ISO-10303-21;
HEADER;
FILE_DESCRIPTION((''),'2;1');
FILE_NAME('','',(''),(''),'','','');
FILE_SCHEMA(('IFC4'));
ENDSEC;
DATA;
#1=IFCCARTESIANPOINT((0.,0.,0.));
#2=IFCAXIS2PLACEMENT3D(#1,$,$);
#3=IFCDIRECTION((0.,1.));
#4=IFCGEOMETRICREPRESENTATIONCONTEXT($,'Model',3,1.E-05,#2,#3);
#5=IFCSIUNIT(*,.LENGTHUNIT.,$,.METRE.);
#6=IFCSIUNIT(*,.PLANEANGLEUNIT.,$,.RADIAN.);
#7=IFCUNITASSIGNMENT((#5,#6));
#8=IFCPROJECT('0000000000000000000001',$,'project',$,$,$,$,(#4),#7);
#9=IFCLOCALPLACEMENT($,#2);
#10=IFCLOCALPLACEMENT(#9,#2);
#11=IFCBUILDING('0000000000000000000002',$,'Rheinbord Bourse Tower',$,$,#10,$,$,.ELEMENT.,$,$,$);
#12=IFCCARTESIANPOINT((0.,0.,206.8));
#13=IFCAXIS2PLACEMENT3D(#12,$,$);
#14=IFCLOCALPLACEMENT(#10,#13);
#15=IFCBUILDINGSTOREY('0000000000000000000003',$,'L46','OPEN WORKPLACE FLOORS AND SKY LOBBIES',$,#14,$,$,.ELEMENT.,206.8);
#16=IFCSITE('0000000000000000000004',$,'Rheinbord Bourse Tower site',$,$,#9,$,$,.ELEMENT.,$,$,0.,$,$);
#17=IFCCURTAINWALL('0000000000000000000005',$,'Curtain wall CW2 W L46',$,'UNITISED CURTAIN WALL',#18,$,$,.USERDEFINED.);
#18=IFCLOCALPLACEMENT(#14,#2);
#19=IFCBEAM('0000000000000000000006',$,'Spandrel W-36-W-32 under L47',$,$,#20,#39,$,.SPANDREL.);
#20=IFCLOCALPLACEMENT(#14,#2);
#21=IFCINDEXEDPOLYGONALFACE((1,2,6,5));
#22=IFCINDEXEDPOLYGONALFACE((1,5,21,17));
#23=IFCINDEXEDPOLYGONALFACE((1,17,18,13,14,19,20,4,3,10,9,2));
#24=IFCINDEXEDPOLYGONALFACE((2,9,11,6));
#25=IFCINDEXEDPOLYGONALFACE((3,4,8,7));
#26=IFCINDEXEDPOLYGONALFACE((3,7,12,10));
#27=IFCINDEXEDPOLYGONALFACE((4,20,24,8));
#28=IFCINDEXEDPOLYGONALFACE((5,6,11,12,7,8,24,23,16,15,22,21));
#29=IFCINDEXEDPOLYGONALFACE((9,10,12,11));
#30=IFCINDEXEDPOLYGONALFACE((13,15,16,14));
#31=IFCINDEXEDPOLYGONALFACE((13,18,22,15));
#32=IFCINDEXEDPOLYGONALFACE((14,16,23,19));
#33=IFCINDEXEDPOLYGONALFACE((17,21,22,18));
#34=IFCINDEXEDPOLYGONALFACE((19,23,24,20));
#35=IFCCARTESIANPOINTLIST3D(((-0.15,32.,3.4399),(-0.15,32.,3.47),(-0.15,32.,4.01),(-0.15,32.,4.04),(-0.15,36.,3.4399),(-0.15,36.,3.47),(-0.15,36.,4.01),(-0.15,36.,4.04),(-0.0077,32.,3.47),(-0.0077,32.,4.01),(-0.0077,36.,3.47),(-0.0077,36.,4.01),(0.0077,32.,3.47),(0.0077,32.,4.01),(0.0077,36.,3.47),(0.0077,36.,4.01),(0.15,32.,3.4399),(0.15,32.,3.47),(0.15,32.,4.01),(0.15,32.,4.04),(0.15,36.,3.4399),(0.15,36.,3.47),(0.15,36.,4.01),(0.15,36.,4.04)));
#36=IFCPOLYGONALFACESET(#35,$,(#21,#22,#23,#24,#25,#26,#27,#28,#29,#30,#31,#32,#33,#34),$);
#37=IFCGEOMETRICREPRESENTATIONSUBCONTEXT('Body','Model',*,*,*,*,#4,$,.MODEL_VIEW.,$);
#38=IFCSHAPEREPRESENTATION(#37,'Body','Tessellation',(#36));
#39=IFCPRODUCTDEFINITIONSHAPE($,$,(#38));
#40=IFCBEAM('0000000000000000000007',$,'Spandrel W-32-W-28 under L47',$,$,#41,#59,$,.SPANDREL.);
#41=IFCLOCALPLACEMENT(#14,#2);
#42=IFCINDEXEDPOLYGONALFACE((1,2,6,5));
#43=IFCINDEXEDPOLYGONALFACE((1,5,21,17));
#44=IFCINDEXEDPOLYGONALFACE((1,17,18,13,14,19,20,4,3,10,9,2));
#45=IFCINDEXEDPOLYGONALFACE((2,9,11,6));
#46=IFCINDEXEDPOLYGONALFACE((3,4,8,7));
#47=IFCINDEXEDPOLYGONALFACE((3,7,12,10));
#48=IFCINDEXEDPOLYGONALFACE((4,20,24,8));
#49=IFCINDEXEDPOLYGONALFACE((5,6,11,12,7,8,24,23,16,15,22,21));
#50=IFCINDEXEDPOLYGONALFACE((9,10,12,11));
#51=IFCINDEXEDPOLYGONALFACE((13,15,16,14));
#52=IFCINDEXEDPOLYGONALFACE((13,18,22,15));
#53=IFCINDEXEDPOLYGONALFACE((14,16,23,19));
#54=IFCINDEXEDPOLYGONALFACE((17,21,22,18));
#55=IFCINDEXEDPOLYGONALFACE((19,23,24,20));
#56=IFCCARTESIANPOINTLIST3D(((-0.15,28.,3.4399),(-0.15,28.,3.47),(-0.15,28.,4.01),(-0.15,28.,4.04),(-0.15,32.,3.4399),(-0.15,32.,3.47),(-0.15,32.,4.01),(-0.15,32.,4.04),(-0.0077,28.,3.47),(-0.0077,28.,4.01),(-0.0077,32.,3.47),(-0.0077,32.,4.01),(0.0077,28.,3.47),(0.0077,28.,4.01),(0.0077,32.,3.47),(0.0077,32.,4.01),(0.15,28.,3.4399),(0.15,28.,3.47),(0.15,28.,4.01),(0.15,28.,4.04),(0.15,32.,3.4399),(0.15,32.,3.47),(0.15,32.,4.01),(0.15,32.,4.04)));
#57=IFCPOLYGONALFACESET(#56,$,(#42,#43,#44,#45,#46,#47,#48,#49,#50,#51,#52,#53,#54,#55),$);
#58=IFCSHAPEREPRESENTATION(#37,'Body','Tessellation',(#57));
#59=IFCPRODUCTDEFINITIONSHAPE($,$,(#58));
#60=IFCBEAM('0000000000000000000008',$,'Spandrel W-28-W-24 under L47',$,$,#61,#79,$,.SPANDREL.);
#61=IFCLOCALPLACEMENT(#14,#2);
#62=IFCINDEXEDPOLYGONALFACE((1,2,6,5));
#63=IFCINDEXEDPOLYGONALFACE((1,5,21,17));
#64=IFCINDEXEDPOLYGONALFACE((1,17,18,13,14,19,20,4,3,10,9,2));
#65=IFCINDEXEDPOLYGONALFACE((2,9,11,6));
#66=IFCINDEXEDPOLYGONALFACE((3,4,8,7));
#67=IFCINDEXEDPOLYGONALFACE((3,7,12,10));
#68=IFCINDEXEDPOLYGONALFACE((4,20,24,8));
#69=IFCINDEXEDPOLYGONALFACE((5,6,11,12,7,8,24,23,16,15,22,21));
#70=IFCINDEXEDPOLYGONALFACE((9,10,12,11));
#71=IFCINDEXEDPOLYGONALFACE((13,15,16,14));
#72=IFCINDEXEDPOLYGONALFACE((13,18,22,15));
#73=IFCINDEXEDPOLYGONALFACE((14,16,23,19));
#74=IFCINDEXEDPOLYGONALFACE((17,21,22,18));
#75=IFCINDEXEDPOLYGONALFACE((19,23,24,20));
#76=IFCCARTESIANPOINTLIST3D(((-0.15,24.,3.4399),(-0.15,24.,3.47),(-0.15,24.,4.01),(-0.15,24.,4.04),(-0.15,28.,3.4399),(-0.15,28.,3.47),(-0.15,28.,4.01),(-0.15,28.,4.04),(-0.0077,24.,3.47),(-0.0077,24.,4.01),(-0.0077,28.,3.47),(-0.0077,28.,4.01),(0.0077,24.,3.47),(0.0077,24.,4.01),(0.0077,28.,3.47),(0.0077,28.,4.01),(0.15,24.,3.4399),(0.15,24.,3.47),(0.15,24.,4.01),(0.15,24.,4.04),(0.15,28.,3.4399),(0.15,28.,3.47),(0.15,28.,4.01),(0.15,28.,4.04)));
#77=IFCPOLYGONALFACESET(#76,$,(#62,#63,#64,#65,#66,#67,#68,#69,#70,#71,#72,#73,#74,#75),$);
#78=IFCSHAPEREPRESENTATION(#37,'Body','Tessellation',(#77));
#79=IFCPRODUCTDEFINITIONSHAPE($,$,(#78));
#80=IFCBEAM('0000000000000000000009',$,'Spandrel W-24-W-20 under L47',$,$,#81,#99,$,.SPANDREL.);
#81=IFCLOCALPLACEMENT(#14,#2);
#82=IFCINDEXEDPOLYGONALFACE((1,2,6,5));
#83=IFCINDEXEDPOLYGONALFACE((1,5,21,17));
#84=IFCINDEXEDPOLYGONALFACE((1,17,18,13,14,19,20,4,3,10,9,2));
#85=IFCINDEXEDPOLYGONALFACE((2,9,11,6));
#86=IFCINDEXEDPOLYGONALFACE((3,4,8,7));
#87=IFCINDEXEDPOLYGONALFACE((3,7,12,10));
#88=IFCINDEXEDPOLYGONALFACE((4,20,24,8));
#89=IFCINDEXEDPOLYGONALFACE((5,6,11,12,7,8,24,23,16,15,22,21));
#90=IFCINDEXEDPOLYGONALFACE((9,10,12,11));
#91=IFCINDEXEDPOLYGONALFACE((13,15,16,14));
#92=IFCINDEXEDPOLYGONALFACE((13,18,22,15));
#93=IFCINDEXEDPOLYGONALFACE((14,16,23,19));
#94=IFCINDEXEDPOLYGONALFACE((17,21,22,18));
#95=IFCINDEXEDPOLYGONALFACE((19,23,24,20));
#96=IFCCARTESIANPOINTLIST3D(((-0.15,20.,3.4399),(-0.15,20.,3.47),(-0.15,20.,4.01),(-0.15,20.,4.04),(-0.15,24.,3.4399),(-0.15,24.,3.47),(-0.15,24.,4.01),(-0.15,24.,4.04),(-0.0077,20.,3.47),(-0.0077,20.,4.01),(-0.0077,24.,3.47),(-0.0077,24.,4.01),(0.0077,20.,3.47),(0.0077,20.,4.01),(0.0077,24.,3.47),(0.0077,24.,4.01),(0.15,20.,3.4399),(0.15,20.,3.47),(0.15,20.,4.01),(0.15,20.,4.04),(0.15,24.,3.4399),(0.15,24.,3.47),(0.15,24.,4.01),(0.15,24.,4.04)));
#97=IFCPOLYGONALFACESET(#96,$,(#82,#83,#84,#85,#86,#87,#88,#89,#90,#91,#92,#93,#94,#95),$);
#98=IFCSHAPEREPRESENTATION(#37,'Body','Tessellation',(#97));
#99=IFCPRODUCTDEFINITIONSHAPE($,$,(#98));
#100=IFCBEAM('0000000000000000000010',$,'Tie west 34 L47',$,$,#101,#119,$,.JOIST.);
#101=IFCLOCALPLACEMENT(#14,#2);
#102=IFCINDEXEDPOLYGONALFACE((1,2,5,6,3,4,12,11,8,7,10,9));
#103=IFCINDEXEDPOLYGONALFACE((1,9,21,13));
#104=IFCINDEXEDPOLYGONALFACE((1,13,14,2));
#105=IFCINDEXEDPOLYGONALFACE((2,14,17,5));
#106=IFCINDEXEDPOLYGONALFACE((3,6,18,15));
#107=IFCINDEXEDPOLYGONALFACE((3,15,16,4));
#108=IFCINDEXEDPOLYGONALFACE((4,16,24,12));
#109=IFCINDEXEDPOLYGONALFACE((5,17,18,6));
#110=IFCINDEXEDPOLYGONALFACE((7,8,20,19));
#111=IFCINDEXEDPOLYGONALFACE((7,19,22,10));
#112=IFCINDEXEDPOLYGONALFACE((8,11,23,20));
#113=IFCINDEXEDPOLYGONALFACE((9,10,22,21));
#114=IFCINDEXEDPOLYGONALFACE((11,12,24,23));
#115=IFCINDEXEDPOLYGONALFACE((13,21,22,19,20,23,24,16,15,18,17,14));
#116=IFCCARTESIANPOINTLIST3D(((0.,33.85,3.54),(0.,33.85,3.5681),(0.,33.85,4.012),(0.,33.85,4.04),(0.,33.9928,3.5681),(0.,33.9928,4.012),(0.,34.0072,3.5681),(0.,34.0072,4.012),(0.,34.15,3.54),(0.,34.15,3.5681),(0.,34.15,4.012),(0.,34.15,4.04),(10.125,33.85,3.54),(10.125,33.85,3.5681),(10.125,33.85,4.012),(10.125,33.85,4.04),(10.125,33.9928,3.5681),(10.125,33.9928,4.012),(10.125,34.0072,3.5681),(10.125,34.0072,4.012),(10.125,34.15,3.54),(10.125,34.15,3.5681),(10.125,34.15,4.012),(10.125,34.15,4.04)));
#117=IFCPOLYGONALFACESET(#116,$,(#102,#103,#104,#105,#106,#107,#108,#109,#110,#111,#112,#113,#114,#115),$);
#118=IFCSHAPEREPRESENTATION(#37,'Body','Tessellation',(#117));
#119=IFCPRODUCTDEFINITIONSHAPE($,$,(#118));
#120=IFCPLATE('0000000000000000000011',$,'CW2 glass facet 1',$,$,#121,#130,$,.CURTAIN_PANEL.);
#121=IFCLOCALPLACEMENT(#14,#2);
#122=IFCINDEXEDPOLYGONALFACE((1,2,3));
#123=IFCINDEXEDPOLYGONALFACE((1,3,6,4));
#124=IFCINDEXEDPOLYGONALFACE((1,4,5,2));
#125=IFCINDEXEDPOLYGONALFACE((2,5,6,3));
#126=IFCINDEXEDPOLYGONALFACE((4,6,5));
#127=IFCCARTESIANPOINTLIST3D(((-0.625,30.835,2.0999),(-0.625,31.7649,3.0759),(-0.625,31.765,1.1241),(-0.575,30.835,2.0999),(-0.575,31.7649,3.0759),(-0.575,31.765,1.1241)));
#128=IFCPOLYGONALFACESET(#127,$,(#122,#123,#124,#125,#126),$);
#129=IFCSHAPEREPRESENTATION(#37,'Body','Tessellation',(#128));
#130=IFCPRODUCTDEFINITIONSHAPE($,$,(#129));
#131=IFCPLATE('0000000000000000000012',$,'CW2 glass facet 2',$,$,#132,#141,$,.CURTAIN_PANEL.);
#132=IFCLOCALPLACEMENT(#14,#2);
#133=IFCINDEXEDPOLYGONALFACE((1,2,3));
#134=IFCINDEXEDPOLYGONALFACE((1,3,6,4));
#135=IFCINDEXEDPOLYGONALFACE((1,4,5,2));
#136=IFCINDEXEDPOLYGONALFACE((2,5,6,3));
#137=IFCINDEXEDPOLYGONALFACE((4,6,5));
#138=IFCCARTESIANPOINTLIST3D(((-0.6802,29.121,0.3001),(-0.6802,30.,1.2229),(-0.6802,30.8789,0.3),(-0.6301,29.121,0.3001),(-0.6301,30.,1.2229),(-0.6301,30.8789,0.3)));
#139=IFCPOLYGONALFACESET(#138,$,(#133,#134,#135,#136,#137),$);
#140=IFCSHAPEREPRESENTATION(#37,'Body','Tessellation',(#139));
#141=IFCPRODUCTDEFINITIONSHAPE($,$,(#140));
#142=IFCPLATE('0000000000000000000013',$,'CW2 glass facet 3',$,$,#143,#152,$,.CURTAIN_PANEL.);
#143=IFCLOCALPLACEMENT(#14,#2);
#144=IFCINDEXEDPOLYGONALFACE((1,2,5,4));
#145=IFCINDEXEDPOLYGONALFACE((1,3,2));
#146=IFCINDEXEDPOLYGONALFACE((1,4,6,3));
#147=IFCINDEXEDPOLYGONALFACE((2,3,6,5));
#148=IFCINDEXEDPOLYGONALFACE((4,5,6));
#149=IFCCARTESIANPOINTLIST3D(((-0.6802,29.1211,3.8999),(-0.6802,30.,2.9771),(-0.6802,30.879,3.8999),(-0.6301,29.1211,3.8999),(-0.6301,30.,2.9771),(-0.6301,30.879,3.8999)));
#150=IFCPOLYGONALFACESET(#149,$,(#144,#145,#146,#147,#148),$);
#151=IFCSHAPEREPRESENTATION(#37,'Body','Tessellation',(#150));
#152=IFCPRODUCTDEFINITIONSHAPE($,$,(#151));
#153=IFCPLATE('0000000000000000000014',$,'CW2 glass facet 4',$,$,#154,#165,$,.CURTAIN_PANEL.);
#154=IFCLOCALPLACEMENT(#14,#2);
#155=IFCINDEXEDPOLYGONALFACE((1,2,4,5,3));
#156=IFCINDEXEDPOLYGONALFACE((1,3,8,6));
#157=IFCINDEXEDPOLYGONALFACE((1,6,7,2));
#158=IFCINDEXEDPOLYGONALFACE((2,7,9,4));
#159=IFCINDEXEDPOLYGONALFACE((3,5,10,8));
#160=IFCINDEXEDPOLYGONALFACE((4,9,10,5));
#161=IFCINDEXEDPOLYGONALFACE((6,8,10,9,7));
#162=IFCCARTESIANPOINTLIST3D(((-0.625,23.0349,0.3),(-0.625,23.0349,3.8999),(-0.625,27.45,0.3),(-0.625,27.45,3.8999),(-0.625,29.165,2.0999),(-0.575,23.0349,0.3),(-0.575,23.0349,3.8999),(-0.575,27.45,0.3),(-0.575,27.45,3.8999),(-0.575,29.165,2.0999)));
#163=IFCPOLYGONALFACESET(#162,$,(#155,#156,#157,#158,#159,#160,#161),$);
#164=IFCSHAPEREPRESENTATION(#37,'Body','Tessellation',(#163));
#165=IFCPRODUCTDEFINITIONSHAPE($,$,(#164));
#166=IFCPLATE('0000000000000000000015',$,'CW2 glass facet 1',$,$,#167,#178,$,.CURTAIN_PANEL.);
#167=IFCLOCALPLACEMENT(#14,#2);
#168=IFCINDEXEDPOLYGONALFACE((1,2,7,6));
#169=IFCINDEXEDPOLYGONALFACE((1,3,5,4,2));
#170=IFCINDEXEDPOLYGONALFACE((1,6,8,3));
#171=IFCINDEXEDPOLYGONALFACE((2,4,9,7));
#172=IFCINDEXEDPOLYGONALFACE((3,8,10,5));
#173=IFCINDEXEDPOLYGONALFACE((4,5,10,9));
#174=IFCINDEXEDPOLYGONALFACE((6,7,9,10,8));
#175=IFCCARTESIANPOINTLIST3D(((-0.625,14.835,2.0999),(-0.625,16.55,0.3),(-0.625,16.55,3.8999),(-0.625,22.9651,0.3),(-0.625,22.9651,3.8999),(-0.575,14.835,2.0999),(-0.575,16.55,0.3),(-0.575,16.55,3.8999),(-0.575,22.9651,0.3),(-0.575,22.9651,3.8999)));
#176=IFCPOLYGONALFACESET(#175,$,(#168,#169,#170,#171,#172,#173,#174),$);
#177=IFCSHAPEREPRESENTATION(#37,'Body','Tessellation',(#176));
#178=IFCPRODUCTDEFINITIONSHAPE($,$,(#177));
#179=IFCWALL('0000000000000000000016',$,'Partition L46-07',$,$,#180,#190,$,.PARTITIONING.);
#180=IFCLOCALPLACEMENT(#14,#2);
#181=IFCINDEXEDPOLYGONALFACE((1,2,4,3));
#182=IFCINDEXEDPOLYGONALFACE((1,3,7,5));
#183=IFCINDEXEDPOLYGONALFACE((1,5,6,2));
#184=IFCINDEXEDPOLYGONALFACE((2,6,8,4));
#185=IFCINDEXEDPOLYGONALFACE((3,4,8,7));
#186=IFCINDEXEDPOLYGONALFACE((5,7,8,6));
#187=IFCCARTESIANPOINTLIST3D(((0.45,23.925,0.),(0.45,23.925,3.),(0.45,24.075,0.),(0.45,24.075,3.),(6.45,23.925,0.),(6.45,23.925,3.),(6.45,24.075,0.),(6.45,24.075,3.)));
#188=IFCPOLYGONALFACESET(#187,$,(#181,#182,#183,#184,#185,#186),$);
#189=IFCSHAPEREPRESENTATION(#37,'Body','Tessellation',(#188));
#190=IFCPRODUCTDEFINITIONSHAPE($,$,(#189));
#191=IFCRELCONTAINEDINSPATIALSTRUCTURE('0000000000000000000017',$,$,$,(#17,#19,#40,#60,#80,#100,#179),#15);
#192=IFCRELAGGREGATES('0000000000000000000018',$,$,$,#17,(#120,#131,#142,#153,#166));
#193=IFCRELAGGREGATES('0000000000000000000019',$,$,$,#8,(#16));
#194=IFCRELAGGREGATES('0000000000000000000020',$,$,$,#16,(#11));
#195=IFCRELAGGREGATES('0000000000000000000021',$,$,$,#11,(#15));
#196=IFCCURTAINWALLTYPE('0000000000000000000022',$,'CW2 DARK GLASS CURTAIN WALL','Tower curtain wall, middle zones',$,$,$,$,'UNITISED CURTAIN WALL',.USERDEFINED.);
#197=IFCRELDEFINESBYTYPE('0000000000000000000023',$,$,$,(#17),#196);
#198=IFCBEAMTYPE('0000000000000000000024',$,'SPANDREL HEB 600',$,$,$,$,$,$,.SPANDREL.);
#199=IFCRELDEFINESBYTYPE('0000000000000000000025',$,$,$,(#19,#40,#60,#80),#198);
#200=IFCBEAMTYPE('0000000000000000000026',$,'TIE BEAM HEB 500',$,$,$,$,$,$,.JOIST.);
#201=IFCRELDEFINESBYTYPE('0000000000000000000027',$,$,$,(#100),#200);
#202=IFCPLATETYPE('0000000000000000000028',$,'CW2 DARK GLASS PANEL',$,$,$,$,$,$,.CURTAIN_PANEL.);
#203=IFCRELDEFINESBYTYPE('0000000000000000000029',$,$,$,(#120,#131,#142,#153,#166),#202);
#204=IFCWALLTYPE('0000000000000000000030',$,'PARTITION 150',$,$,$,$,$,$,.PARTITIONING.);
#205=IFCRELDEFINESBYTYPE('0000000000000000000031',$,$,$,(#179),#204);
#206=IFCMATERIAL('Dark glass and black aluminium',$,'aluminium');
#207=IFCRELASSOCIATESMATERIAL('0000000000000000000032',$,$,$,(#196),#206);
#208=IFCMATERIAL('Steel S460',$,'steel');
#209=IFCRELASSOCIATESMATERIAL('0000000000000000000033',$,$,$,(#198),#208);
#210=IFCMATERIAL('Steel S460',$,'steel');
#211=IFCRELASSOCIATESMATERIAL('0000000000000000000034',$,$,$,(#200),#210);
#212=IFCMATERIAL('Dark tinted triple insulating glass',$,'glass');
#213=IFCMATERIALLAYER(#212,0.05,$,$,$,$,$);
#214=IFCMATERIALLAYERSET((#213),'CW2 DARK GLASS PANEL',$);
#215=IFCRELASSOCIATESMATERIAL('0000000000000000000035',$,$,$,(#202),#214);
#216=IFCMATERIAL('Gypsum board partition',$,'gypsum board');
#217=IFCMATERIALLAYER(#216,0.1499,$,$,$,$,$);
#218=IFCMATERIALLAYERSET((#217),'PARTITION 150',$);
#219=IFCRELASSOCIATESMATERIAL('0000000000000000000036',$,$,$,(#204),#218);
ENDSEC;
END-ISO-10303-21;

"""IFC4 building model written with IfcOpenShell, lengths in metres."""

from ifc_helpers import new_model, si_unit, direction, frame, frame_2d, origin, origin_2d, place, context, subcontext, project, spatial, polyline, rectangle, i_section, outline, extrude, material, layer, layer_set, material_profile, profile_set, type_object, element, aggregate, save


model = new_model("IFC4")

# Units and contexts
model_context = context("Model", 3, precision=1e-05, world=origin(), true_north=direction((0.0, 1.0)))
body_context = subcontext(model_context, "Body", "Model", "MODEL_VIEW")
ifc_project = project(units=[si_unit("LENGTHUNIT", "METRE"), si_unit("PLANEANGLEUNIT", "RADIAN")], contexts=[model_context])

# Site, building, storey
site_placement = place(None, origin())
site = spatial("IfcSite", under=ifc_project, at=site_placement, Name="Rheinbord Bourse Tower site", CompositionType="ELEMENT", RefElevation=0.0)
building_placement = place(site_placement, origin())
building = spatial("IfcBuilding", under=site, at=building_placement, Name="Rheinbord Bourse Tower", CompositionType="ELEMENT")
storey_placement = place(building_placement, frame((0.0, 0.0, 206.8)))
storey = spatial("IfcBuildingStorey", under=building, at=storey_placement, Name="L46", Description="OPEN WORKPLACE FLOORS AND SKY LOBBIES", CompositionType="ELEMENT", Elevation=206.8)

# Curtain wall
ifc_material_1 = material(Name="Dark glass and black aluminium", Category="aluminium")
curtain_wall_type = type_object("IfcCurtainWallType", Name="CW2 DARK GLASS CURTAIN WALL", Description="Tower curtain wall, middle zones", ElementType="UNITISED CURTAIN WALL", PredefinedType="USERDEFINED", material=ifc_material_1)
curtain_wall_placement = place(storey_placement, origin())
curtain_wall = element("IfcCurtainWall", 1, at=curtain_wall_placement, inside=storey, type_object=curtain_wall_type, Name="Curtain wall CW2 W L46", ObjectType="UNITISED CURTAIN WALL", PredefinedType="USERDEFINED")

# Beams
ifc_material_2 = material(Name="Steel S460", Category="steel")
ifc_material_profile_1 = material_profile(ifc_material_2, i_section(OverallWidth=0.3, OverallDepth=0.6001, WebThickness=0.0154, FlangeThickness=0.03, at=origin_2d()), Name="HEB 600")
ifc_profile_set_1 = profile_set([ifc_material_profile_1], Name="Steel S460")
beam_type_1 = type_object("IfcBeamType", Name="SPANDREL HEB 600", PredefinedType="SPANDREL", material=ifc_profile_set_1)
for number, where, z_axis, x_axis, name in (
    (2, (0.0, 36.0, 3.74), (0.0, -1.0, 0.0), (1.0, 0.0, 0.0), "Spandrel W-36-W-32 under L47"),
    (3, (0.0, 32.0, 3.74), (0.0, -1.0, 0.0), (1.0, 0.0, 0.0), "Spandrel W-32-W-28 under L47"),
    (4, (0.0, 28.0, 3.74), (0.0, -1.0, 0.0), (1.0, 0.0, 0.0), "Spandrel W-28-W-24 under L47"),
    (5, (0.0, 24.0, 3.74), (0.0, -1.0, 0.0), (1.0, 0.0, 0.0), "Spandrel W-24-W-20 under L47"),
):
    element("IfcBeam", number, at=place(storey_placement, frame(where, z_axis=z_axis, x_axis=x_axis)), inside=storey, type_object=beam_type_1, Name=name, PredefinedType="SPANDREL", context=body_context, shape_type="SweptSolid", body=[
        extrude(i_section(OverallWidth=0.3, OverallDepth=0.6001, WebThickness=0.0154, FlangeThickness=0.03, at=origin_2d()), origin(), (0.0, 0.0, 1.0), 4.0),
    ])
ifc_material_3 = material(Name="Steel S460", Category="steel")
ifc_material_profile_2 = material_profile(ifc_material_3, i_section(OverallWidth=0.3, OverallDepth=0.5, WebThickness=0.0144, FlangeThickness=0.0281, at=origin_2d()), Name="HEB 500")
ifc_profile_set_2 = profile_set([ifc_material_profile_2], Name="Steel S460")
beam_type_2 = type_object("IfcBeamType", Name="TIE BEAM HEB 500", PredefinedType="JOIST", material=ifc_profile_set_2)
beam_1_placement = place(storey_placement, frame((0.0, 34.0, 3.79), z_axis=(1.0, 0.0, 0.0), x_axis=(0.0, 1.0, 0.0)))
element("IfcBeam", 6, at=beam_1_placement, inside=storey, type_object=beam_type_2, Name="Tie west 34 L47", PredefinedType="JOIST", context=body_context, shape_type="SweptSolid", body=[
    extrude(i_section(OverallWidth=0.3, OverallDepth=0.5, WebThickness=0.0144, FlangeThickness=0.0281, at=origin_2d()), origin(), (0.0, 0.0, 1.0), 10.125),
])

# Plates
ifc_material_4 = material(Name="Dark tinted triple insulating glass", Category="glass")
ifc_layer_1 = layer(ifc_material_4, 0.05)
ifc_layer_set_1 = layer_set([ifc_layer_1], Name="CW2 DARK GLASS PANEL")
plate_type = type_object("IfcPlateType", Name="CW2 DARK GLASS PANEL", PredefinedType="CURTAIN_PANEL", material=ifc_layer_set_1)
plate_1_placement = place(storey_placement, frame((-0.625, 31.7649, 3.0759), z_axis=(1.0, 0.0, 0.0), x_axis=(0.0, -0.689786, -0.724013)))
plate_1 = element("IfcPlate", 7, at=plate_1_placement, type_object=plate_type, Name="CW2 glass facet 1", PredefinedType="CURTAIN_PANEL", context=body_context, shape_type="SweptSolid", body=[
    extrude(outline(polyline([(0.0, 0.0), (1.3481, 0.0), (1.4131, 1.3464), (0.0, 0.0)])), origin(), (0.0, 0.0, 1.0), 0.05),
])
plate_2_placement = place(storey_placement, frame((-0.6802, 30.8789, 0.3), z_axis=(1.0, 0.0, 0.0), x_axis=(0.0, -0.689655, 0.724138)))
plate_2 = element("IfcPlate", 8, at=plate_2_placement, type_object=plate_type, Name="CW2 glass facet 2", PredefinedType="CURTAIN_PANEL", context=body_context, shape_type="SweptSolid", body=[
    extrude(outline(polyline([(0.0, 0.0), (1.2744, 0.0), (1.2124, 1.2729), (0.0, 0.0)])), origin(), (0.0, 0.0, 1.0), 0.05),
])
plate_3_placement = place(storey_placement, frame((-0.6802, 29.1211, 3.8999), z_axis=(1.0, 0.0, 0.0), x_axis=(0.0, 0.689655, -0.724138)))
plate_3 = element("IfcPlate", 9, at=plate_3_placement, type_object=plate_type, Name="CW2 glass facet 3", PredefinedType="CURTAIN_PANEL", context=body_context, shape_type="SweptSolid", body=[
    extrude(outline(polyline([(0.0, 0.0), (1.2744, 0.0), (1.2124, 1.2729), (0.0, 0.0)])), origin(), (0.0, 0.0, 1.0), 0.05),
])
plate_4_placement = place(storey_placement, frame((-0.625, 23.0349, 3.8999), z_axis=(1.0, 0.0, 0.0), x_axis=(0.0, 0.0, -1.0)))
plate_4 = element("IfcPlate", 10, at=plate_4_placement, type_object=plate_type, Name="CW2 glass facet 4", PredefinedType="CURTAIN_PANEL", context=body_context, shape_type="SweptSolid", body=[
    extrude(outline(polyline([(0.0, 0.0), (3.5999, 0.0), (3.5999, 4.415), (1.8, 6.1301), (0.0, 4.415), (0.0, 0.0)])), origin(), (0.0, 0.0, 1.0), 0.05),
])
plate_5_placement = place(storey_placement, frame((-0.625, 22.9651, 0.3), z_axis=(1.0, 0.0, 0.0), x_axis=(0.0, 0.0, 1.0)))
plate_5 = element("IfcPlate", 11, at=plate_5_placement, type_object=plate_type, Name="CW2 glass facet 1", PredefinedType="CURTAIN_PANEL", context=body_context, shape_type="SweptSolid", body=[
    extrude(outline(polyline([(0.0, 0.0), (3.5999, 0.0), (3.5999, 6.415), (1.7998, 8.1301), (0.0, 6.415), (0.0, 0.0)])), origin(), (0.0, 0.0, 1.0), 0.05),
])
aggregate(curtain_wall, [plate_1, plate_2, plate_3, plate_4, plate_5])

# Wall
ifc_material_5 = material(Name="Gypsum board partition", Category="gypsum board")
ifc_layer_2 = layer(ifc_material_5, 0.1499)
ifc_layer_set_2 = layer_set([ifc_layer_2], Name="PARTITION 150")
wall_type = type_object("IfcWallType", Name="PARTITION 150", PredefinedType="PARTITIONING", material=ifc_layer_set_2)
wall_1_placement = place(storey_placement, frame((0.45, 24.0, 0.0), z_axis=(0.0, 0.0, 1.0), x_axis=(1.0, 0.0, 0.0)))
element("IfcWall", 12, at=wall_1_placement, inside=storey, type_object=wall_type, Name="Partition L46-07", PredefinedType="PARTITIONING", context=body_context, shape_type="SweptSolid", body=[
    extrude(rectangle(XDim=6.0, YDim=0.1499, at=frame_2d((3.0, 0.0))), origin(), (0.0, 0.0, 1.0), 3.0),
])

save(model, "model.ifc")
